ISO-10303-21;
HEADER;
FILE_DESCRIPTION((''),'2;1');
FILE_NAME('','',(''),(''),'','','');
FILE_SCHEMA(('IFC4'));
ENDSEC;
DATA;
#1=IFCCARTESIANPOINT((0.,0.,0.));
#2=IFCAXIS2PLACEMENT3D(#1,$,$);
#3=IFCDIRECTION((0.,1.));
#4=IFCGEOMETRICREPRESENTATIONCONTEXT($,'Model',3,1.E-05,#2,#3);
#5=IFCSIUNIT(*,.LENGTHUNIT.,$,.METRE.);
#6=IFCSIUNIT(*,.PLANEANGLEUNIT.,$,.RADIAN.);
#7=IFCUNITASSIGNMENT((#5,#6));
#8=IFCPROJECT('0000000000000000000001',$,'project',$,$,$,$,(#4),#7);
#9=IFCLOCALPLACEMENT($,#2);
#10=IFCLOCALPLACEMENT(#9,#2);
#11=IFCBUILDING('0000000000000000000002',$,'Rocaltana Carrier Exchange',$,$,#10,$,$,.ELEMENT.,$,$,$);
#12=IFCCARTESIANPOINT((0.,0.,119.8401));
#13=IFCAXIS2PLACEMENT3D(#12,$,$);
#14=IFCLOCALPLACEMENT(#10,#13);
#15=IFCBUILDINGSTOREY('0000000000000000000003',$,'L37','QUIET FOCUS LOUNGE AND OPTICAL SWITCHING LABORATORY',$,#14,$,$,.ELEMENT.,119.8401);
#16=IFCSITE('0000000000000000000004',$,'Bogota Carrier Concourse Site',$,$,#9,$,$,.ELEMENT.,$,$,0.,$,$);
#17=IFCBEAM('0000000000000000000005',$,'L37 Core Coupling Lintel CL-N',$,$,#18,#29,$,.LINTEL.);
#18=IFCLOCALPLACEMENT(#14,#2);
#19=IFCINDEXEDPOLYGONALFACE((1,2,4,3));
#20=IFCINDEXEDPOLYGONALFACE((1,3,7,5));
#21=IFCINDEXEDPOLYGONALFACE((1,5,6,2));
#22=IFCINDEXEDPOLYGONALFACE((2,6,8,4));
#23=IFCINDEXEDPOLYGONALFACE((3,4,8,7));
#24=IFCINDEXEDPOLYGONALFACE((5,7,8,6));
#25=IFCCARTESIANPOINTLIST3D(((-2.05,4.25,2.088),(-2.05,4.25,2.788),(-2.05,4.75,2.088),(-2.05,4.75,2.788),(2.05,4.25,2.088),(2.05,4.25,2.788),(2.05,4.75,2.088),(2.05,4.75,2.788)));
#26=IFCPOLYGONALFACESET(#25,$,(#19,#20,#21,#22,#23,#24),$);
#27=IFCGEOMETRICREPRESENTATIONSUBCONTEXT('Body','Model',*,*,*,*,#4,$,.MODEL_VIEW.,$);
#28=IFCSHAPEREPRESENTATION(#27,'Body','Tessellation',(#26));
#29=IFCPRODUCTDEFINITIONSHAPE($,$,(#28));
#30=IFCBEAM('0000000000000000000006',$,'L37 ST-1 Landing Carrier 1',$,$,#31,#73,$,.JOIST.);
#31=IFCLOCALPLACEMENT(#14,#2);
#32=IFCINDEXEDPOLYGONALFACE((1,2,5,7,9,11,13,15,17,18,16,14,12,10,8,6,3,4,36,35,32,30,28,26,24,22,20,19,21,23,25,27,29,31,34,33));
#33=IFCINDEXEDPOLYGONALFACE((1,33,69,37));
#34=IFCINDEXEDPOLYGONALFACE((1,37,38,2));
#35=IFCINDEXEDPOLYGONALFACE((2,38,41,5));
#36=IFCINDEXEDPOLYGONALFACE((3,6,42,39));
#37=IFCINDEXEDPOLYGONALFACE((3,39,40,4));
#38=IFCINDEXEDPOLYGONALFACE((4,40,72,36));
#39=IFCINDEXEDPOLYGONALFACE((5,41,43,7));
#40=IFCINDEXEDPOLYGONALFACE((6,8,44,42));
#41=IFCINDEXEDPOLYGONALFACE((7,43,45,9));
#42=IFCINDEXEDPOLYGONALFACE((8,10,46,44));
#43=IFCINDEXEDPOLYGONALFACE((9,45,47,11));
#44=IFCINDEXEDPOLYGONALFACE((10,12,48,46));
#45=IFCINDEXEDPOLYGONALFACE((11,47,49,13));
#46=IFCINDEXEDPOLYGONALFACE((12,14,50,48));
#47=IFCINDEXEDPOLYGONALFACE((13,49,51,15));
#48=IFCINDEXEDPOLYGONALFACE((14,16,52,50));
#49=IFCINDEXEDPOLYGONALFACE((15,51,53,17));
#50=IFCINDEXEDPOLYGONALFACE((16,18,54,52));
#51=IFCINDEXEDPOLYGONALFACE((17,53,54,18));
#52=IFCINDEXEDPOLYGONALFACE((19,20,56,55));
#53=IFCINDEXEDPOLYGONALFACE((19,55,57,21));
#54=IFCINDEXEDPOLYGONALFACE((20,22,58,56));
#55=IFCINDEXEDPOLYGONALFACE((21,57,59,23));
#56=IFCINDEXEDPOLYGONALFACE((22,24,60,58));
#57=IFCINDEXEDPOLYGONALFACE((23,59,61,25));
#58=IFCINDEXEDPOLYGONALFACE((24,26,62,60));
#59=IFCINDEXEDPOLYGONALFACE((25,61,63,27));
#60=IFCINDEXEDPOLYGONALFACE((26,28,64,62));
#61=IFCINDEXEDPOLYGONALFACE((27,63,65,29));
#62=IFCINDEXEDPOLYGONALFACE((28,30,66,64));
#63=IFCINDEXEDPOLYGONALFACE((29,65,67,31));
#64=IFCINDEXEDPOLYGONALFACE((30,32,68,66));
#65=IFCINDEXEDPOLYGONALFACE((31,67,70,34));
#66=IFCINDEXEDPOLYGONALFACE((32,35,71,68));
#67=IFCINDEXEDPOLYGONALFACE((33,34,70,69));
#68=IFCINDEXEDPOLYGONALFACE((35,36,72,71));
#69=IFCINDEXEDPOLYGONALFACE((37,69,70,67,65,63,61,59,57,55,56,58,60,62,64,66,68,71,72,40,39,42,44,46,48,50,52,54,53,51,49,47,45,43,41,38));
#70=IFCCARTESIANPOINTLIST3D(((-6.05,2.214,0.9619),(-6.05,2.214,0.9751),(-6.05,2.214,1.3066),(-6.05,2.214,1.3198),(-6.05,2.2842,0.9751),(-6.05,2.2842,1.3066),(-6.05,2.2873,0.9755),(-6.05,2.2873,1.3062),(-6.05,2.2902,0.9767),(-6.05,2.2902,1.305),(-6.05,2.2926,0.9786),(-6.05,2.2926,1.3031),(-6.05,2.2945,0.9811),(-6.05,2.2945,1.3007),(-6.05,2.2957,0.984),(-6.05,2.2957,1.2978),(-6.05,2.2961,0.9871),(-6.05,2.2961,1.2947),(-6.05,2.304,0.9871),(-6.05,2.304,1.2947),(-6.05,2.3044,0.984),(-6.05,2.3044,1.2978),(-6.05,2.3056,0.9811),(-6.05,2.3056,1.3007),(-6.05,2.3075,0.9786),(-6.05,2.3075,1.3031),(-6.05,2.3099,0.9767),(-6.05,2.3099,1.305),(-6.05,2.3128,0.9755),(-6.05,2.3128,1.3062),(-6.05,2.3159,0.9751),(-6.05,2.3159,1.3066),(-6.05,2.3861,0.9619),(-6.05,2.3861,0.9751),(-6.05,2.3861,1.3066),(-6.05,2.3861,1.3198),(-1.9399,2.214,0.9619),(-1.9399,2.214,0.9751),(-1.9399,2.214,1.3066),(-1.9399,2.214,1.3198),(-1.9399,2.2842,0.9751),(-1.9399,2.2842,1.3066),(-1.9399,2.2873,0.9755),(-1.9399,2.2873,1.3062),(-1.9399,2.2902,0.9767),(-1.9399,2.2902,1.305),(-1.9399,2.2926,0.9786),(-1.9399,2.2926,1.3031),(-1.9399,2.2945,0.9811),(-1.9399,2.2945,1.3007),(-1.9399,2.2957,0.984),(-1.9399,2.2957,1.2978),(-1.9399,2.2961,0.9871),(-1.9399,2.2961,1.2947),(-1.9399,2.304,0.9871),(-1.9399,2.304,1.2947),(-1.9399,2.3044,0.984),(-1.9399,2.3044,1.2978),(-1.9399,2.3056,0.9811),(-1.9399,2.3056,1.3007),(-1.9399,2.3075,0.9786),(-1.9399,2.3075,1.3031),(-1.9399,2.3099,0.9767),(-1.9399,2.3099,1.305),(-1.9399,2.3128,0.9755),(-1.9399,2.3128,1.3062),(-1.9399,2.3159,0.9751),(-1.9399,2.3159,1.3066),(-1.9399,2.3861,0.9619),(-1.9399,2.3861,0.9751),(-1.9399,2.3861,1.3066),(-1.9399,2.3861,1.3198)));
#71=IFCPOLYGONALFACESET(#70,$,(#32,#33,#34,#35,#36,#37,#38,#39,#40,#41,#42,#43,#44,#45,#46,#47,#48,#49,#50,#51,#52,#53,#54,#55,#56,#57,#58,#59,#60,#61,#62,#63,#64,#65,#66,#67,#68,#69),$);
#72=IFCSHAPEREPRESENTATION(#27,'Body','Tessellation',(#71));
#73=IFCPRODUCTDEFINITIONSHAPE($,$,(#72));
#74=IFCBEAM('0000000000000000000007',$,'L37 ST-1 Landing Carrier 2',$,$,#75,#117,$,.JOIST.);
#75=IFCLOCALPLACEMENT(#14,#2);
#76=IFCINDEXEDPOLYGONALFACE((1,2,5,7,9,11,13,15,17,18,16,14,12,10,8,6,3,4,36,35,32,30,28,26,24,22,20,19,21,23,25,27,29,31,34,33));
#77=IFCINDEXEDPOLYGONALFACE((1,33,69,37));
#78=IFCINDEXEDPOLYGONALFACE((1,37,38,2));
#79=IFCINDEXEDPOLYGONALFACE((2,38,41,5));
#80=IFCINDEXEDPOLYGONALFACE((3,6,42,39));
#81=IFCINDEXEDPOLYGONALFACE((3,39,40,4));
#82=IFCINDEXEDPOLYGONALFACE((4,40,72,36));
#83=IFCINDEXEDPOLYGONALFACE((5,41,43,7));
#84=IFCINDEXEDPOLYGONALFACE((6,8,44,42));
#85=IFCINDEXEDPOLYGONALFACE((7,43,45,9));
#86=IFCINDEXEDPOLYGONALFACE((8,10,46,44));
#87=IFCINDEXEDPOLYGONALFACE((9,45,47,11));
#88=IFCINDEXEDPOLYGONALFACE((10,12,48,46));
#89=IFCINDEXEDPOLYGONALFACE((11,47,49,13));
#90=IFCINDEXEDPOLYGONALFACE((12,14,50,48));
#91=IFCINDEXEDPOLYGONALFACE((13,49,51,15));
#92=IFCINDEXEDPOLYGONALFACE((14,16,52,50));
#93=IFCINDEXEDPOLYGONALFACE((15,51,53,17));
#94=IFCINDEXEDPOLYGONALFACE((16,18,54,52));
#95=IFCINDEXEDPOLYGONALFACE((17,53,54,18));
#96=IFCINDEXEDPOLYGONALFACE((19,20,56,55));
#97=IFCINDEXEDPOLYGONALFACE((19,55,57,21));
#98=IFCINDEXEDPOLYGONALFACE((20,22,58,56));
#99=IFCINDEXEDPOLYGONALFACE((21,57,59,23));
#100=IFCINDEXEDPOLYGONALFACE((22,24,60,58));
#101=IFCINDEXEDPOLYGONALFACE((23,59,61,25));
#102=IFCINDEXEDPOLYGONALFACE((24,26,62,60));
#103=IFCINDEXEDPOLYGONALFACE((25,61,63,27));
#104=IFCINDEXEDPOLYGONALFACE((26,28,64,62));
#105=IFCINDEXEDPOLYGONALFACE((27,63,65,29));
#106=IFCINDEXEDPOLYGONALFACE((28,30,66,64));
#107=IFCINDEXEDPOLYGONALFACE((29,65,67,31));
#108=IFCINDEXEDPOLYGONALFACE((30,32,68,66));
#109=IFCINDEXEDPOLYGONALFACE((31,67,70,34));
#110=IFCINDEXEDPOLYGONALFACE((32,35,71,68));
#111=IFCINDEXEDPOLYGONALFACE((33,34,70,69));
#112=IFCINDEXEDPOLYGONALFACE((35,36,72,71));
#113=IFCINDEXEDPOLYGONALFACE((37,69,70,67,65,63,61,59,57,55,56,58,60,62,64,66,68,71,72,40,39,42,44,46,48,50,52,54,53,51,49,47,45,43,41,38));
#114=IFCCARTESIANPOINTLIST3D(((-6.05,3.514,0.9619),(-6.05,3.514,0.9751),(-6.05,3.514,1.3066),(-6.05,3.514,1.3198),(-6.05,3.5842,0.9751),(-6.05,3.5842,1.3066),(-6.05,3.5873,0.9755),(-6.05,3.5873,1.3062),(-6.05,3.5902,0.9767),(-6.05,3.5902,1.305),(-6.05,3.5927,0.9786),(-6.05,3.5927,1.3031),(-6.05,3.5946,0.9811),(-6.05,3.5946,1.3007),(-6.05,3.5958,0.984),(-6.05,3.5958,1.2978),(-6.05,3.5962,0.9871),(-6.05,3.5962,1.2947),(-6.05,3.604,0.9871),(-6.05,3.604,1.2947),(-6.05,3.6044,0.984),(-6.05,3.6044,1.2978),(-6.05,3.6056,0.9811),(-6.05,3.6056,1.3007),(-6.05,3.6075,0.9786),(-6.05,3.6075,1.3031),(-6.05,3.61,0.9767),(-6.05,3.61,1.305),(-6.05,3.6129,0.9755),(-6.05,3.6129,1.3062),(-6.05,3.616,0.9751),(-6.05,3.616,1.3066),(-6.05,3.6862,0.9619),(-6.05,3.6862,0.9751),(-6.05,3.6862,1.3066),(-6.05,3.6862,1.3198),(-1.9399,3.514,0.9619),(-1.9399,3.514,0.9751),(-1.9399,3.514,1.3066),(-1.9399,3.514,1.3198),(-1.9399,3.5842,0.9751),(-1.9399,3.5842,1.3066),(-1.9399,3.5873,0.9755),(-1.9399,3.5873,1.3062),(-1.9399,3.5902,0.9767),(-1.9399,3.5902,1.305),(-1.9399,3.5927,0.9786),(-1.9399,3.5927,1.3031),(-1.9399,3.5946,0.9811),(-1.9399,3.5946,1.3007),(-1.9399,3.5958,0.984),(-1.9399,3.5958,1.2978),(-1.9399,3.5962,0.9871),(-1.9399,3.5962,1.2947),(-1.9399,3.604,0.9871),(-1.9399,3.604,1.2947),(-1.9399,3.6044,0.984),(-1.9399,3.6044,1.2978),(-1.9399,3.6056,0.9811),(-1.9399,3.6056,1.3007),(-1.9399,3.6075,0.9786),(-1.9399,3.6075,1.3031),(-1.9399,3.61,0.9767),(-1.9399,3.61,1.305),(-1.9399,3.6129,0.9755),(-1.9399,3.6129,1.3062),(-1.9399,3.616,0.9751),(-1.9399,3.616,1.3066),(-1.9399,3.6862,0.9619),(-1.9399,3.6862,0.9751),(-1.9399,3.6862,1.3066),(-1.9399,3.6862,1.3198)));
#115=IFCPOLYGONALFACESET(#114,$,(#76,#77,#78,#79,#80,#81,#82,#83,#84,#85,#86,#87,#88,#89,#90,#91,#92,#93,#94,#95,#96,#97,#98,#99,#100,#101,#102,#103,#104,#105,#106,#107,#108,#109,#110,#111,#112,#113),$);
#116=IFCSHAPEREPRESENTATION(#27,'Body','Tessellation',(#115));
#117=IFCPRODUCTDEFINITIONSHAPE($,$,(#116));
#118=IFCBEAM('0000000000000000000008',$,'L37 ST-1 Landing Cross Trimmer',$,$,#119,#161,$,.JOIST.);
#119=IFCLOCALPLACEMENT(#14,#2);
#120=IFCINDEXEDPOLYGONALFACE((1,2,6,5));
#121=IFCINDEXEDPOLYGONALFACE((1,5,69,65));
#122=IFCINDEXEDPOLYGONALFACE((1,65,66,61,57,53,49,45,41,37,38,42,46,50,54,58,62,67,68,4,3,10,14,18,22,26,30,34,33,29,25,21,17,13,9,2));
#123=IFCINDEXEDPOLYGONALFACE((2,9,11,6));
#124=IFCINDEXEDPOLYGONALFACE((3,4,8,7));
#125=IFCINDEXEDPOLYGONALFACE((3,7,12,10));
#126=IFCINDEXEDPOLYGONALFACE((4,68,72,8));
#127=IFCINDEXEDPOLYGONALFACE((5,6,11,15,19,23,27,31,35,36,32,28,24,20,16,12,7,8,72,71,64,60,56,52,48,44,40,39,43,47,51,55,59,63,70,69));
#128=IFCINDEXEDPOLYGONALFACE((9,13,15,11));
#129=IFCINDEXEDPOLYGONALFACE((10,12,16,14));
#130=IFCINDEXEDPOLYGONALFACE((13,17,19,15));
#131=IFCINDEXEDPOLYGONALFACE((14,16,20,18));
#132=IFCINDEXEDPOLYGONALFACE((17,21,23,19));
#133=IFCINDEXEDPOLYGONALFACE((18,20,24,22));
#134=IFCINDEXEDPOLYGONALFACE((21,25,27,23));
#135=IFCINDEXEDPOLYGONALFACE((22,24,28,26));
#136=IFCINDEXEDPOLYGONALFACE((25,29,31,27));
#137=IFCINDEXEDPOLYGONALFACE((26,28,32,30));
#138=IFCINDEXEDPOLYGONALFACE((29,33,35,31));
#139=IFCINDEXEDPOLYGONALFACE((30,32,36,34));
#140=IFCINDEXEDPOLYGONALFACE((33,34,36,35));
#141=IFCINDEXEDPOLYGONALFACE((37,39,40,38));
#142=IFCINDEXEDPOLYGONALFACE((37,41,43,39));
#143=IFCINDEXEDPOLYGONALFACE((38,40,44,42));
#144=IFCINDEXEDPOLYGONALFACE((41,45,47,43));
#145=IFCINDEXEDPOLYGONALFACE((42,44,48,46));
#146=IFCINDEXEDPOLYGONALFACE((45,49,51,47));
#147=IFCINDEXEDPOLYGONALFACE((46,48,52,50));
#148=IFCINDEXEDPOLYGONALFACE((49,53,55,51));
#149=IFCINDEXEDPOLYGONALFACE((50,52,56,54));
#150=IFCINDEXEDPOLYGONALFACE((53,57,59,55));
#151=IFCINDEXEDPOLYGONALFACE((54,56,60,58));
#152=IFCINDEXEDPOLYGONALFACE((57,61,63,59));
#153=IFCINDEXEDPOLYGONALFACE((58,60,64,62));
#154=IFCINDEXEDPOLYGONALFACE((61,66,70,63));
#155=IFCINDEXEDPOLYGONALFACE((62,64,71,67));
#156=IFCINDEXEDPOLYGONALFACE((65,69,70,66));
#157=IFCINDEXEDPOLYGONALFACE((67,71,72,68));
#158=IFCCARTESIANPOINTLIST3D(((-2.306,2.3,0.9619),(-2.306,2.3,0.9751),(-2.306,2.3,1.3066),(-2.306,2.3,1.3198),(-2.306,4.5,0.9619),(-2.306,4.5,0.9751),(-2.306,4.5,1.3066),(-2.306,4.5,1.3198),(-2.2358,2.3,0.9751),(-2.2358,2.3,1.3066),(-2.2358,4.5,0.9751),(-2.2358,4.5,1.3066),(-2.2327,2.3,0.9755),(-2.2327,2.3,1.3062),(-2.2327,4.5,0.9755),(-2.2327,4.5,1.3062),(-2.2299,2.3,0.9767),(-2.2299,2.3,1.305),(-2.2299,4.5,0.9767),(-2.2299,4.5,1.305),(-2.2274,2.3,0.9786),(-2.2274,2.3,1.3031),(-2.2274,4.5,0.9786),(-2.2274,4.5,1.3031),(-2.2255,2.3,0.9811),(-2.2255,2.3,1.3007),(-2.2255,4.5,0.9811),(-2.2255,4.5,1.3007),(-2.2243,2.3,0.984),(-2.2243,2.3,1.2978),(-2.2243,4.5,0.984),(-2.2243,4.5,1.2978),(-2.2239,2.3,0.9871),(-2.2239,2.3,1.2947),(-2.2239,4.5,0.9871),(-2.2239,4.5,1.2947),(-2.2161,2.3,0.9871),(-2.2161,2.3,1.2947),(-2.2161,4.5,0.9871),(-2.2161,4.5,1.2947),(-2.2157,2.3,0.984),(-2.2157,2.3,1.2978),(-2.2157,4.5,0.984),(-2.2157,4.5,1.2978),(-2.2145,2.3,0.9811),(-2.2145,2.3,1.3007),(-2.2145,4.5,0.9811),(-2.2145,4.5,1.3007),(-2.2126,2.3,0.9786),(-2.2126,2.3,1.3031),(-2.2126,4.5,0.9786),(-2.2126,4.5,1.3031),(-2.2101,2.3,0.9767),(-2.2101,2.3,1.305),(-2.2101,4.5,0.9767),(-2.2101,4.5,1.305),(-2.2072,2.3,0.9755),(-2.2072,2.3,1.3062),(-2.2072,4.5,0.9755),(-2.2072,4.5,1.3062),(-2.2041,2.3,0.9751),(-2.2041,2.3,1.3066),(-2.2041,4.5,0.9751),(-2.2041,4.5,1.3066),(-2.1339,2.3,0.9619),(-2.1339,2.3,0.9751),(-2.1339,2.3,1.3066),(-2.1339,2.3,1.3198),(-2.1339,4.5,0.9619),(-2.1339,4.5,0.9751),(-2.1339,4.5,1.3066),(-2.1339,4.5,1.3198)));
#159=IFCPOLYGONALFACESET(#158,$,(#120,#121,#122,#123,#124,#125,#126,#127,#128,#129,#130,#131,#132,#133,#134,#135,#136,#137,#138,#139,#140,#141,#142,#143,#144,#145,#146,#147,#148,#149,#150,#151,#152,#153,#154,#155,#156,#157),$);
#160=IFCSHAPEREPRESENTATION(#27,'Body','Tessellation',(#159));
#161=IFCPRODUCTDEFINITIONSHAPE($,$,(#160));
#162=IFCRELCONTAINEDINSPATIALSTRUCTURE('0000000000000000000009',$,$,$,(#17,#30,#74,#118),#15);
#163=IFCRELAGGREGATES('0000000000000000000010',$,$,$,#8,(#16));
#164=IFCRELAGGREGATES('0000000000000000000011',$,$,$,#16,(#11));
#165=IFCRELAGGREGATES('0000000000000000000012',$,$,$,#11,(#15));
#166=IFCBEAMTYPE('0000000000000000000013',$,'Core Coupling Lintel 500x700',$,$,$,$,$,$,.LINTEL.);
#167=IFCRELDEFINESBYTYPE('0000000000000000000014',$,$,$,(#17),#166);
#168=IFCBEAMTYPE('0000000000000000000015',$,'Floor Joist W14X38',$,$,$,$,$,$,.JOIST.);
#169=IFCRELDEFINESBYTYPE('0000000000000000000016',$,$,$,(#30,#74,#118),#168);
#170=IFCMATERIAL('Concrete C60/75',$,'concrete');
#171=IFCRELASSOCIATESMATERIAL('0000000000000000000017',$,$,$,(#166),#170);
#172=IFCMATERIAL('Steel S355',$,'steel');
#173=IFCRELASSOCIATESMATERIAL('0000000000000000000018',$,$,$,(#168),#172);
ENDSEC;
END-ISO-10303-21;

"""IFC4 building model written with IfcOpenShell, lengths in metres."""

from ifc_helpers import new_model, si_unit, direction, frame, origin, origin_2d, place, context, subcontext, project, spatial, rectangle, i_section, extrude, material, material_profile, profile_set, type_object, element, save


model = new_model("IFC4")

# Units and contexts
model_context = context("Model", 3, precision=1e-05, world=origin(), true_north=direction((0.0, 1.0)))
body_context = subcontext(model_context, "Body", "Model", "MODEL_VIEW")
ifc_project = project(units=[si_unit("LENGTHUNIT", "METRE"), si_unit("PLANEANGLEUNIT", "RADIAN")], contexts=[model_context])

# Site, building, storey
site_placement = place(None, origin())
site = spatial("IfcSite", under=ifc_project, at=site_placement, Name="Bogota Carrier Concourse Site", CompositionType="ELEMENT", RefElevation=0.0)
building_placement = place(site_placement, origin())
building = spatial("IfcBuilding", under=site, at=building_placement, Name="Rocaltana Carrier Exchange", CompositionType="ELEMENT")
storey_placement = place(building_placement, frame((0.0, 0.0, 119.8401)))
storey = spatial("IfcBuildingStorey", under=building, at=storey_placement, Name="L37", Description="QUIET FOCUS LOUNGE AND OPTICAL SWITCHING LABORATORY", CompositionType="ELEMENT", Elevation=119.8401)

# Beams
ifc_material_1 = material(Name="Concrete C60/75", Category="concrete")
ifc_material_profile_1 = material_profile(ifc_material_1, rectangle(XDim=0.5, YDim=0.7, at=origin_2d()), Name="RC-BM-500X700")
ifc_profile_set_1 = profile_set([ifc_material_profile_1], Name="Concrete C60/75")
beam_type_1 = type_object("IfcBeamType", Name="Core Coupling Lintel 500x700", PredefinedType="LINTEL", material=ifc_profile_set_1)
beam_1_placement = place(storey_placement, frame((-2.05, 4.5, 2.438), z_axis=(1.0, 0.0, 0.0), x_axis=(0.0, 1.0, 0.0)))
element("IfcBeam", 1, at=beam_1_placement, inside=storey, type_object=beam_type_1, Name="L37 Core Coupling Lintel CL-N", PredefinedType="LINTEL", context=body_context, shape_type="SweptSolid", body=[
    extrude(rectangle(XDim=0.5, YDim=0.7, at=origin_2d()), origin(), (0.0, 0.0, 1.0), 4.1001),
])
ifc_material_2 = material(Name="Steel S355", Category="steel")
ifc_material_profile_2 = material_profile(ifc_material_2, i_section(OverallWidth=0.1721, OverallDepth=0.3579, WebThickness=0.0078, FlangeThickness=0.0132, FilletRadius=0.012, at=origin_2d()), Name="W14X38")
ifc_profile_set_2 = profile_set([ifc_material_profile_2], Name="Steel S355")
beam_type_2 = type_object("IfcBeamType", Name="Floor Joist W14X38", PredefinedType="JOIST", material=ifc_profile_set_2)
for number, where, z_axis, x_axis, name in (
    (2, (-6.05, 2.3, 1.1409), (1.0, 0.0, 0.0), (0.0, 1.0, 0.0), "L37 ST-1 Landing Carrier 1"),
    (3, (-6.05, 3.6001, 1.1409), (1.0, 0.0, 0.0), (0.0, 1.0, 0.0), "L37 ST-1 Landing Carrier 2"),
):
    element("IfcBeam", number, at=place(storey_placement, frame(where, z_axis=z_axis, x_axis=x_axis)), inside=storey, type_object=beam_type_2, Name=name, PredefinedType="JOIST", context=body_context, shape_type="SweptSolid", body=[
        extrude(i_section(OverallWidth=0.1721, OverallDepth=0.3579, WebThickness=0.0078, FlangeThickness=0.0132, FilletRadius=0.012, at=origin_2d()), origin(), (0.0, 0.0, 1.0), 4.1101),
    ])
beam_2_placement = place(storey_placement, frame((-2.22, 2.3, 1.1409), z_axis=(0.0, 1.0, 0.0), x_axis=(-1.0, 0.0, 0.0)))
element("IfcBeam", 4, at=beam_2_placement, inside=storey, type_object=beam_type_2, Name="L37 ST-1 Landing Cross Trimmer", PredefinedType="JOIST", context=body_context, shape_type="SweptSolid", body=[
    extrude(i_section(OverallWidth=0.1721, OverallDepth=0.3579, WebThickness=0.0078, FlangeThickness=0.0132, FilletRadius=0.012, at=origin_2d()), origin(), (0.0, 0.0, 1.0), 2.2),
])

save(model, "model.ifc")
